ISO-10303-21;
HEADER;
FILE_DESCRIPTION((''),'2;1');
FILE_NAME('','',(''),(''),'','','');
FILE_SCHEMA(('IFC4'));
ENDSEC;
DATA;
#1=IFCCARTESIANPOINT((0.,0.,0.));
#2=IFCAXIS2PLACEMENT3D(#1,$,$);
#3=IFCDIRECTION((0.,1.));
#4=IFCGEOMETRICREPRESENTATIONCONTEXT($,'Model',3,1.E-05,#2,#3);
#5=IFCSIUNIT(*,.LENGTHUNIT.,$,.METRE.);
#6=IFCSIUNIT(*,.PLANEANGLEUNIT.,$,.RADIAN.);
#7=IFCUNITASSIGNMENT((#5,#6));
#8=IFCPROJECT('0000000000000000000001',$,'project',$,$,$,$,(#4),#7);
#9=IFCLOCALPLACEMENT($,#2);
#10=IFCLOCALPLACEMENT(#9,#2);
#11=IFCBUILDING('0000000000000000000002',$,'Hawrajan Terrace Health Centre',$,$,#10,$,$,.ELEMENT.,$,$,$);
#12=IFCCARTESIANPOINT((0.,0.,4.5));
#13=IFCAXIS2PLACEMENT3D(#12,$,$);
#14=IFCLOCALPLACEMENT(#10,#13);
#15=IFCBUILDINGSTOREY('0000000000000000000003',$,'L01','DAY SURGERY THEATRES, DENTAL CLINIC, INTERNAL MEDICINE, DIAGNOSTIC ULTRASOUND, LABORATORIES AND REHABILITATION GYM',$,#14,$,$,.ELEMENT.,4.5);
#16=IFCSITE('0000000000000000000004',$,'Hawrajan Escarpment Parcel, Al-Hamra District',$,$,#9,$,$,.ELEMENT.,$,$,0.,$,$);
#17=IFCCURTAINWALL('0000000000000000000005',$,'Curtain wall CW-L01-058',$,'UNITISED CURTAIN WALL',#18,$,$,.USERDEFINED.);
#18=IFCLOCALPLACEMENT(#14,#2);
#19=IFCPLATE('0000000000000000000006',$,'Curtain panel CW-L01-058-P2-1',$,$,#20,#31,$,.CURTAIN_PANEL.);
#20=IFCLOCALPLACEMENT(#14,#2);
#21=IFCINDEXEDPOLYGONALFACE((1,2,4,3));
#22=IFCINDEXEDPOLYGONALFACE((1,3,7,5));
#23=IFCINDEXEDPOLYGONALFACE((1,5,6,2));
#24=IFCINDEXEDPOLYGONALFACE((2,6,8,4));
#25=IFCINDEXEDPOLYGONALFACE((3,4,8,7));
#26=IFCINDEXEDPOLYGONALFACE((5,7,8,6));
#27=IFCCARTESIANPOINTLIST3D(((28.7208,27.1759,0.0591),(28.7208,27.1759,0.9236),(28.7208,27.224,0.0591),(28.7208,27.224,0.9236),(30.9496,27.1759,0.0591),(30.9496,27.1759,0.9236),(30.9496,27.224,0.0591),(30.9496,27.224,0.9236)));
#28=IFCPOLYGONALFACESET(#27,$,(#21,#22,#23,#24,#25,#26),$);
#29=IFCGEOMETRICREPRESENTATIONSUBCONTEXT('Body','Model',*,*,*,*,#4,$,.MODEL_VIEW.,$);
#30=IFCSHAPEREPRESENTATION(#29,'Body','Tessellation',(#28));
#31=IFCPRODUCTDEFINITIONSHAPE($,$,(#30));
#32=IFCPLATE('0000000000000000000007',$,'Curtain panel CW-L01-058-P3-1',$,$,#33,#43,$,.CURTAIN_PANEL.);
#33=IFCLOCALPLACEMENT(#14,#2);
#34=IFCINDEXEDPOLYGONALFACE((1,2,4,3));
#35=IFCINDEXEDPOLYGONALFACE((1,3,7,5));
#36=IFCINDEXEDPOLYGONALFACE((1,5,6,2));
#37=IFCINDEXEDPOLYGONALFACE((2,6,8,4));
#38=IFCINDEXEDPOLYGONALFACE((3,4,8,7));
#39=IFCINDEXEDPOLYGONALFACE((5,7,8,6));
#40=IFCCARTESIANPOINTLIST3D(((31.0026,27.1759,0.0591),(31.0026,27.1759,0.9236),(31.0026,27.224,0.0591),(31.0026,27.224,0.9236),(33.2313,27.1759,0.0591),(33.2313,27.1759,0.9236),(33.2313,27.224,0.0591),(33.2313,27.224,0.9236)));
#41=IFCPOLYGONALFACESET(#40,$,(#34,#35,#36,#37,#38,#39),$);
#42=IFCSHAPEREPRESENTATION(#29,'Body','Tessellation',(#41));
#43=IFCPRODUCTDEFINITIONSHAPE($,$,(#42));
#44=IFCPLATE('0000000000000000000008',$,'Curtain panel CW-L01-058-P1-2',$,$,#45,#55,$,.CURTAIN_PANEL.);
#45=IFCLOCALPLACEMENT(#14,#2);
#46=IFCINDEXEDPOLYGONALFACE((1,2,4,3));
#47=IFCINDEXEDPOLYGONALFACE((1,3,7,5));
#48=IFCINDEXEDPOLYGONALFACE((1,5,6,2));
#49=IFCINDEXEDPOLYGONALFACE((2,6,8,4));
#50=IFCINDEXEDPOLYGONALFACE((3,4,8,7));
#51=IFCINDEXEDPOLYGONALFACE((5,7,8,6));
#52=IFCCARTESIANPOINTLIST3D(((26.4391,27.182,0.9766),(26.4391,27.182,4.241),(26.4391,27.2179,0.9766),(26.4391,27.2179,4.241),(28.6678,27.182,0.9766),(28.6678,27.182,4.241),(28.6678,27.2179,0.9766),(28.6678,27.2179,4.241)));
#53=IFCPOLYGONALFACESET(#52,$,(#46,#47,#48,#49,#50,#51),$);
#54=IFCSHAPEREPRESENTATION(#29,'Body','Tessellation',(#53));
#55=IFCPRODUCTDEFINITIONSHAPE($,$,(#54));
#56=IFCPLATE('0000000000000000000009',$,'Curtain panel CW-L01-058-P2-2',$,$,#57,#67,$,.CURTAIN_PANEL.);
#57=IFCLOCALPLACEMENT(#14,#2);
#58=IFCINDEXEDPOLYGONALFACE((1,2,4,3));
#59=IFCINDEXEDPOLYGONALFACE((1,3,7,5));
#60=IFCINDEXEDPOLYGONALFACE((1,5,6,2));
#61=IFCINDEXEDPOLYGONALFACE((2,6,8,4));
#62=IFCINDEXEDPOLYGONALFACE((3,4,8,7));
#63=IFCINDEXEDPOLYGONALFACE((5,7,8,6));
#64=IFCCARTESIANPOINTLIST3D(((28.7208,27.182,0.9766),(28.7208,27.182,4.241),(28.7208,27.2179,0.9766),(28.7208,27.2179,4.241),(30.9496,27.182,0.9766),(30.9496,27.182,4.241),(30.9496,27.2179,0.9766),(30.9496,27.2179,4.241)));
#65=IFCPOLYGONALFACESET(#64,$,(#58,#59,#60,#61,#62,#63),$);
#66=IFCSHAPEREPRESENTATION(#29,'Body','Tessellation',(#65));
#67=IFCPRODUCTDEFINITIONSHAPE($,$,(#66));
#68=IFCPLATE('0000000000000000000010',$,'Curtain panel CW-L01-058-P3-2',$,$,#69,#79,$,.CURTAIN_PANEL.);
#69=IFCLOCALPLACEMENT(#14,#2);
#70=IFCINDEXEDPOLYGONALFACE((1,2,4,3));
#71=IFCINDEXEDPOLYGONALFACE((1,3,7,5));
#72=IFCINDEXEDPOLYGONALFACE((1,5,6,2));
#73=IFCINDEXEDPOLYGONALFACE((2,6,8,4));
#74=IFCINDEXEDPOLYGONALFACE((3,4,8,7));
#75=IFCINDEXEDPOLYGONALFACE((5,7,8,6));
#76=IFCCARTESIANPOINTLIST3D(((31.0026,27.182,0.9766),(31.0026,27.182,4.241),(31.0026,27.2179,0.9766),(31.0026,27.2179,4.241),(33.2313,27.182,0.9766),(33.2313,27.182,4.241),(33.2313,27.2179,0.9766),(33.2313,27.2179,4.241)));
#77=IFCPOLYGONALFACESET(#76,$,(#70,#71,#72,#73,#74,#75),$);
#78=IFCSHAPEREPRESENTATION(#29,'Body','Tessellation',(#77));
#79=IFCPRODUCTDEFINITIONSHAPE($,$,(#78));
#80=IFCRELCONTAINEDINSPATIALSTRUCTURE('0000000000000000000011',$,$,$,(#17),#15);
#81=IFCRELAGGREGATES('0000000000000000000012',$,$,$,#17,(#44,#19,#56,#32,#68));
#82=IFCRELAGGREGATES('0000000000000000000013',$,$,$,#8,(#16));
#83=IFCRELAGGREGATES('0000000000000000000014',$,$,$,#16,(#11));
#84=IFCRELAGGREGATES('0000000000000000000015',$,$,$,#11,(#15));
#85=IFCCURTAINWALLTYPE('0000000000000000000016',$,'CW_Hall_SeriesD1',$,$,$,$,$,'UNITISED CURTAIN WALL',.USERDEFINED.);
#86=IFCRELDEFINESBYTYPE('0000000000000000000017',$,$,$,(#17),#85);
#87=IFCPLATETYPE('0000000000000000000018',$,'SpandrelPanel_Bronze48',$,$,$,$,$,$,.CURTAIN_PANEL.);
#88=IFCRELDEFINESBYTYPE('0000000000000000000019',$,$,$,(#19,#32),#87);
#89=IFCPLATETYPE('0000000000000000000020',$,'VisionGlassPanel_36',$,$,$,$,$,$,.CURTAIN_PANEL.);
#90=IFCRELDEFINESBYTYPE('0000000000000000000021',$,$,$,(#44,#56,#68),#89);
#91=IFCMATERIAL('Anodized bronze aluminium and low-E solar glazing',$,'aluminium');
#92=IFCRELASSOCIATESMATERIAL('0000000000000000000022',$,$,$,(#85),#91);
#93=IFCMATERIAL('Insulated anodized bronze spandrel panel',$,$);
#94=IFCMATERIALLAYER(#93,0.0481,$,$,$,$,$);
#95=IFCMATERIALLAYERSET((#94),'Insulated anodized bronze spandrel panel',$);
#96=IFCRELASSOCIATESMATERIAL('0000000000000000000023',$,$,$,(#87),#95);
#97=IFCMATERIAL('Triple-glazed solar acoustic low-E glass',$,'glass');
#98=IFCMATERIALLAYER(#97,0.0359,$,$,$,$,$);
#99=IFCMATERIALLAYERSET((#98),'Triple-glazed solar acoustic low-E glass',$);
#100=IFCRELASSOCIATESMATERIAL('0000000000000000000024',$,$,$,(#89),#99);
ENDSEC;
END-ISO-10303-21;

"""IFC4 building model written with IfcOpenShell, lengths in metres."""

from ifc_helpers import new_model, si_unit, direction, frame, origin, origin_2d, place, context, subcontext, project, spatial, rectangle, extrude, material, layer, layer_set, type_object, element, aggregate, save


model = new_model("IFC4")

# Units and contexts
model_context = context("Model", 3, precision=1e-05, world=origin(), true_north=direction((0.0, 1.0)))
body_context = subcontext(model_context, "Body", "Model", "MODEL_VIEW")
ifc_project = project(units=[si_unit("LENGTHUNIT", "METRE"), si_unit("PLANEANGLEUNIT", "RADIAN")], contexts=[model_context])

# Site, building, storey
site_placement = place(None, origin())
site = spatial("IfcSite", under=ifc_project, at=site_placement, Name="Hawrajan Escarpment Parcel, Al-Hamra District", CompositionType="ELEMENT", RefElevation=0.0)
building_placement = place(site_placement, origin())
building = spatial("IfcBuilding", under=site, at=building_placement, Name="Hawrajan Terrace Health Centre", CompositionType="ELEMENT")
storey_placement = place(building_placement, frame((0.0, 0.0, 4.5)))
storey = spatial("IfcBuildingStorey", under=building, at=storey_placement, Name="L01", Description="DAY SURGERY THEATRES, DENTAL CLINIC, INTERNAL MEDICINE, DIAGNOSTIC ULTRASOUND, LABORATORIES AND REHABILITATION GYM", CompositionType="ELEMENT", Elevation=4.5)

# Shared definitions
ifc_material_1 = material(Name="Anodized bronze aluminium and low-E solar glazing", Category="aluminium")

# Curtain wall
curtain_wall_type_1 = type_object("IfcCurtainWallType", Name="CW_Hall_SeriesD1", ElementType="UNITISED CURTAIN WALL", PredefinedType="USERDEFINED", material=ifc_material_1)
curtain_wall_1_placement = place(storey_placement, origin())
curtain_wall_1 = element("IfcCurtainWall", 1, at=curtain_wall_1_placement, inside=storey, type_object=curtain_wall_type_1, Name="Curtain wall CW-L01-058", ObjectType="UNITISED CURTAIN WALL", PredefinedType="USERDEFINED")

# Plates
ifc_material_2 = material(Name="Insulated anodized bronze spandrel panel")
ifc_layer_1 = layer(ifc_material_2, 0.0481)
ifc_layer_set_1 = layer_set([ifc_layer_1], Name="Insulated anodized bronze spandrel panel")
plate_type_1 = type_object("IfcPlateType", Name="SpandrelPanel_Bronze48", PredefinedType="CURTAIN_PANEL", material=ifc_layer_set_1)
plate_1_placement = place(storey_placement, frame((29.8352, 27.2, 0.0591), z_axis=(0.0, 0.0, 1.0), x_axis=(1.0, 0.0, 0.0)))
plate_1 = element("IfcPlate", 2, at=plate_1_placement, type_object=plate_type_1, Name="Curtain panel CW-L01-058-P2-1", PredefinedType="CURTAIN_PANEL", context=body_context, shape_type="SweptSolid", body=[
    extrude(rectangle(XDim=2.2288, YDim=0.0481, at=origin_2d()), origin(), (0.0, 0.0, 1.0), 0.8645),
])
plate_2_placement = place(storey_placement, frame((32.1169, 27.2, 0.0591), z_axis=(0.0, 0.0, 1.0), x_axis=(1.0, 0.0, 0.0)))
plate_2 = element("IfcPlate", 3, at=plate_2_placement, type_object=plate_type_1, Name="Curtain panel CW-L01-058-P3-1", PredefinedType="CURTAIN_PANEL", context=body_context, shape_type="SweptSolid", body=[
    extrude(rectangle(XDim=2.2288, YDim=0.0481, at=origin_2d()), origin(), (0.0, 0.0, 1.0), 0.8645),
])
ifc_material_3 = material(Name="Triple-glazed solar acoustic low-E glass", Category="glass")
ifc_layer_2 = layer(ifc_material_3, 0.0359)
ifc_layer_set_2 = layer_set([ifc_layer_2], Name="Triple-glazed solar acoustic low-E glass")
plate_type_2 = type_object("IfcPlateType", Name="VisionGlassPanel_36", PredefinedType="CURTAIN_PANEL", material=ifc_layer_set_2)
plate_3_placement = place(storey_placement, frame((27.5535, 27.2, 0.9766), z_axis=(0.0, 0.0, 1.0), x_axis=(1.0, 0.0, 0.0)))
plate_3 = element("IfcPlate", 4, at=plate_3_placement, type_object=plate_type_2, Name="Curtain panel CW-L01-058-P1-2", PredefinedType="CURTAIN_PANEL", context=body_context, shape_type="SweptSolid", body=[
    extrude(rectangle(XDim=2.2288, YDim=0.0359, at=origin_2d()), origin(), (0.0, 0.0, 1.0), 3.2644),
])
plate_4_placement = place(storey_placement, frame((29.8352, 27.2, 0.9766), z_axis=(0.0, 0.0, 1.0), x_axis=(1.0, 0.0, 0.0)))
plate_4 = element("IfcPlate", 5, at=plate_4_placement, type_object=plate_type_2, Name="Curtain panel CW-L01-058-P2-2", PredefinedType="CURTAIN_PANEL", context=body_context, shape_type="SweptSolid", body=[
    extrude(rectangle(XDim=2.2288, YDim=0.0359, at=origin_2d()), origin(), (0.0, 0.0, 1.0), 3.2644),
])
plate_5_placement = place(storey_placement, frame((32.1169, 27.2, 0.9766), z_axis=(0.0, 0.0, 1.0), x_axis=(1.0, 0.0, 0.0)))
plate_5 = element("IfcPlate", 6, at=plate_5_placement, type_object=plate_type_2, Name="Curtain panel CW-L01-058-P3-2", PredefinedType="CURTAIN_PANEL", context=body_context, shape_type="SweptSolid", body=[
    extrude(rectangle(XDim=2.2288, YDim=0.0359, at=origin_2d()), origin(), (0.0, 0.0, 1.0), 3.2644),
])
aggregate(curtain_wall_1, [plate_3, plate_1, plate_4, plate_2, plate_5])

save(model, "model.ifc")
